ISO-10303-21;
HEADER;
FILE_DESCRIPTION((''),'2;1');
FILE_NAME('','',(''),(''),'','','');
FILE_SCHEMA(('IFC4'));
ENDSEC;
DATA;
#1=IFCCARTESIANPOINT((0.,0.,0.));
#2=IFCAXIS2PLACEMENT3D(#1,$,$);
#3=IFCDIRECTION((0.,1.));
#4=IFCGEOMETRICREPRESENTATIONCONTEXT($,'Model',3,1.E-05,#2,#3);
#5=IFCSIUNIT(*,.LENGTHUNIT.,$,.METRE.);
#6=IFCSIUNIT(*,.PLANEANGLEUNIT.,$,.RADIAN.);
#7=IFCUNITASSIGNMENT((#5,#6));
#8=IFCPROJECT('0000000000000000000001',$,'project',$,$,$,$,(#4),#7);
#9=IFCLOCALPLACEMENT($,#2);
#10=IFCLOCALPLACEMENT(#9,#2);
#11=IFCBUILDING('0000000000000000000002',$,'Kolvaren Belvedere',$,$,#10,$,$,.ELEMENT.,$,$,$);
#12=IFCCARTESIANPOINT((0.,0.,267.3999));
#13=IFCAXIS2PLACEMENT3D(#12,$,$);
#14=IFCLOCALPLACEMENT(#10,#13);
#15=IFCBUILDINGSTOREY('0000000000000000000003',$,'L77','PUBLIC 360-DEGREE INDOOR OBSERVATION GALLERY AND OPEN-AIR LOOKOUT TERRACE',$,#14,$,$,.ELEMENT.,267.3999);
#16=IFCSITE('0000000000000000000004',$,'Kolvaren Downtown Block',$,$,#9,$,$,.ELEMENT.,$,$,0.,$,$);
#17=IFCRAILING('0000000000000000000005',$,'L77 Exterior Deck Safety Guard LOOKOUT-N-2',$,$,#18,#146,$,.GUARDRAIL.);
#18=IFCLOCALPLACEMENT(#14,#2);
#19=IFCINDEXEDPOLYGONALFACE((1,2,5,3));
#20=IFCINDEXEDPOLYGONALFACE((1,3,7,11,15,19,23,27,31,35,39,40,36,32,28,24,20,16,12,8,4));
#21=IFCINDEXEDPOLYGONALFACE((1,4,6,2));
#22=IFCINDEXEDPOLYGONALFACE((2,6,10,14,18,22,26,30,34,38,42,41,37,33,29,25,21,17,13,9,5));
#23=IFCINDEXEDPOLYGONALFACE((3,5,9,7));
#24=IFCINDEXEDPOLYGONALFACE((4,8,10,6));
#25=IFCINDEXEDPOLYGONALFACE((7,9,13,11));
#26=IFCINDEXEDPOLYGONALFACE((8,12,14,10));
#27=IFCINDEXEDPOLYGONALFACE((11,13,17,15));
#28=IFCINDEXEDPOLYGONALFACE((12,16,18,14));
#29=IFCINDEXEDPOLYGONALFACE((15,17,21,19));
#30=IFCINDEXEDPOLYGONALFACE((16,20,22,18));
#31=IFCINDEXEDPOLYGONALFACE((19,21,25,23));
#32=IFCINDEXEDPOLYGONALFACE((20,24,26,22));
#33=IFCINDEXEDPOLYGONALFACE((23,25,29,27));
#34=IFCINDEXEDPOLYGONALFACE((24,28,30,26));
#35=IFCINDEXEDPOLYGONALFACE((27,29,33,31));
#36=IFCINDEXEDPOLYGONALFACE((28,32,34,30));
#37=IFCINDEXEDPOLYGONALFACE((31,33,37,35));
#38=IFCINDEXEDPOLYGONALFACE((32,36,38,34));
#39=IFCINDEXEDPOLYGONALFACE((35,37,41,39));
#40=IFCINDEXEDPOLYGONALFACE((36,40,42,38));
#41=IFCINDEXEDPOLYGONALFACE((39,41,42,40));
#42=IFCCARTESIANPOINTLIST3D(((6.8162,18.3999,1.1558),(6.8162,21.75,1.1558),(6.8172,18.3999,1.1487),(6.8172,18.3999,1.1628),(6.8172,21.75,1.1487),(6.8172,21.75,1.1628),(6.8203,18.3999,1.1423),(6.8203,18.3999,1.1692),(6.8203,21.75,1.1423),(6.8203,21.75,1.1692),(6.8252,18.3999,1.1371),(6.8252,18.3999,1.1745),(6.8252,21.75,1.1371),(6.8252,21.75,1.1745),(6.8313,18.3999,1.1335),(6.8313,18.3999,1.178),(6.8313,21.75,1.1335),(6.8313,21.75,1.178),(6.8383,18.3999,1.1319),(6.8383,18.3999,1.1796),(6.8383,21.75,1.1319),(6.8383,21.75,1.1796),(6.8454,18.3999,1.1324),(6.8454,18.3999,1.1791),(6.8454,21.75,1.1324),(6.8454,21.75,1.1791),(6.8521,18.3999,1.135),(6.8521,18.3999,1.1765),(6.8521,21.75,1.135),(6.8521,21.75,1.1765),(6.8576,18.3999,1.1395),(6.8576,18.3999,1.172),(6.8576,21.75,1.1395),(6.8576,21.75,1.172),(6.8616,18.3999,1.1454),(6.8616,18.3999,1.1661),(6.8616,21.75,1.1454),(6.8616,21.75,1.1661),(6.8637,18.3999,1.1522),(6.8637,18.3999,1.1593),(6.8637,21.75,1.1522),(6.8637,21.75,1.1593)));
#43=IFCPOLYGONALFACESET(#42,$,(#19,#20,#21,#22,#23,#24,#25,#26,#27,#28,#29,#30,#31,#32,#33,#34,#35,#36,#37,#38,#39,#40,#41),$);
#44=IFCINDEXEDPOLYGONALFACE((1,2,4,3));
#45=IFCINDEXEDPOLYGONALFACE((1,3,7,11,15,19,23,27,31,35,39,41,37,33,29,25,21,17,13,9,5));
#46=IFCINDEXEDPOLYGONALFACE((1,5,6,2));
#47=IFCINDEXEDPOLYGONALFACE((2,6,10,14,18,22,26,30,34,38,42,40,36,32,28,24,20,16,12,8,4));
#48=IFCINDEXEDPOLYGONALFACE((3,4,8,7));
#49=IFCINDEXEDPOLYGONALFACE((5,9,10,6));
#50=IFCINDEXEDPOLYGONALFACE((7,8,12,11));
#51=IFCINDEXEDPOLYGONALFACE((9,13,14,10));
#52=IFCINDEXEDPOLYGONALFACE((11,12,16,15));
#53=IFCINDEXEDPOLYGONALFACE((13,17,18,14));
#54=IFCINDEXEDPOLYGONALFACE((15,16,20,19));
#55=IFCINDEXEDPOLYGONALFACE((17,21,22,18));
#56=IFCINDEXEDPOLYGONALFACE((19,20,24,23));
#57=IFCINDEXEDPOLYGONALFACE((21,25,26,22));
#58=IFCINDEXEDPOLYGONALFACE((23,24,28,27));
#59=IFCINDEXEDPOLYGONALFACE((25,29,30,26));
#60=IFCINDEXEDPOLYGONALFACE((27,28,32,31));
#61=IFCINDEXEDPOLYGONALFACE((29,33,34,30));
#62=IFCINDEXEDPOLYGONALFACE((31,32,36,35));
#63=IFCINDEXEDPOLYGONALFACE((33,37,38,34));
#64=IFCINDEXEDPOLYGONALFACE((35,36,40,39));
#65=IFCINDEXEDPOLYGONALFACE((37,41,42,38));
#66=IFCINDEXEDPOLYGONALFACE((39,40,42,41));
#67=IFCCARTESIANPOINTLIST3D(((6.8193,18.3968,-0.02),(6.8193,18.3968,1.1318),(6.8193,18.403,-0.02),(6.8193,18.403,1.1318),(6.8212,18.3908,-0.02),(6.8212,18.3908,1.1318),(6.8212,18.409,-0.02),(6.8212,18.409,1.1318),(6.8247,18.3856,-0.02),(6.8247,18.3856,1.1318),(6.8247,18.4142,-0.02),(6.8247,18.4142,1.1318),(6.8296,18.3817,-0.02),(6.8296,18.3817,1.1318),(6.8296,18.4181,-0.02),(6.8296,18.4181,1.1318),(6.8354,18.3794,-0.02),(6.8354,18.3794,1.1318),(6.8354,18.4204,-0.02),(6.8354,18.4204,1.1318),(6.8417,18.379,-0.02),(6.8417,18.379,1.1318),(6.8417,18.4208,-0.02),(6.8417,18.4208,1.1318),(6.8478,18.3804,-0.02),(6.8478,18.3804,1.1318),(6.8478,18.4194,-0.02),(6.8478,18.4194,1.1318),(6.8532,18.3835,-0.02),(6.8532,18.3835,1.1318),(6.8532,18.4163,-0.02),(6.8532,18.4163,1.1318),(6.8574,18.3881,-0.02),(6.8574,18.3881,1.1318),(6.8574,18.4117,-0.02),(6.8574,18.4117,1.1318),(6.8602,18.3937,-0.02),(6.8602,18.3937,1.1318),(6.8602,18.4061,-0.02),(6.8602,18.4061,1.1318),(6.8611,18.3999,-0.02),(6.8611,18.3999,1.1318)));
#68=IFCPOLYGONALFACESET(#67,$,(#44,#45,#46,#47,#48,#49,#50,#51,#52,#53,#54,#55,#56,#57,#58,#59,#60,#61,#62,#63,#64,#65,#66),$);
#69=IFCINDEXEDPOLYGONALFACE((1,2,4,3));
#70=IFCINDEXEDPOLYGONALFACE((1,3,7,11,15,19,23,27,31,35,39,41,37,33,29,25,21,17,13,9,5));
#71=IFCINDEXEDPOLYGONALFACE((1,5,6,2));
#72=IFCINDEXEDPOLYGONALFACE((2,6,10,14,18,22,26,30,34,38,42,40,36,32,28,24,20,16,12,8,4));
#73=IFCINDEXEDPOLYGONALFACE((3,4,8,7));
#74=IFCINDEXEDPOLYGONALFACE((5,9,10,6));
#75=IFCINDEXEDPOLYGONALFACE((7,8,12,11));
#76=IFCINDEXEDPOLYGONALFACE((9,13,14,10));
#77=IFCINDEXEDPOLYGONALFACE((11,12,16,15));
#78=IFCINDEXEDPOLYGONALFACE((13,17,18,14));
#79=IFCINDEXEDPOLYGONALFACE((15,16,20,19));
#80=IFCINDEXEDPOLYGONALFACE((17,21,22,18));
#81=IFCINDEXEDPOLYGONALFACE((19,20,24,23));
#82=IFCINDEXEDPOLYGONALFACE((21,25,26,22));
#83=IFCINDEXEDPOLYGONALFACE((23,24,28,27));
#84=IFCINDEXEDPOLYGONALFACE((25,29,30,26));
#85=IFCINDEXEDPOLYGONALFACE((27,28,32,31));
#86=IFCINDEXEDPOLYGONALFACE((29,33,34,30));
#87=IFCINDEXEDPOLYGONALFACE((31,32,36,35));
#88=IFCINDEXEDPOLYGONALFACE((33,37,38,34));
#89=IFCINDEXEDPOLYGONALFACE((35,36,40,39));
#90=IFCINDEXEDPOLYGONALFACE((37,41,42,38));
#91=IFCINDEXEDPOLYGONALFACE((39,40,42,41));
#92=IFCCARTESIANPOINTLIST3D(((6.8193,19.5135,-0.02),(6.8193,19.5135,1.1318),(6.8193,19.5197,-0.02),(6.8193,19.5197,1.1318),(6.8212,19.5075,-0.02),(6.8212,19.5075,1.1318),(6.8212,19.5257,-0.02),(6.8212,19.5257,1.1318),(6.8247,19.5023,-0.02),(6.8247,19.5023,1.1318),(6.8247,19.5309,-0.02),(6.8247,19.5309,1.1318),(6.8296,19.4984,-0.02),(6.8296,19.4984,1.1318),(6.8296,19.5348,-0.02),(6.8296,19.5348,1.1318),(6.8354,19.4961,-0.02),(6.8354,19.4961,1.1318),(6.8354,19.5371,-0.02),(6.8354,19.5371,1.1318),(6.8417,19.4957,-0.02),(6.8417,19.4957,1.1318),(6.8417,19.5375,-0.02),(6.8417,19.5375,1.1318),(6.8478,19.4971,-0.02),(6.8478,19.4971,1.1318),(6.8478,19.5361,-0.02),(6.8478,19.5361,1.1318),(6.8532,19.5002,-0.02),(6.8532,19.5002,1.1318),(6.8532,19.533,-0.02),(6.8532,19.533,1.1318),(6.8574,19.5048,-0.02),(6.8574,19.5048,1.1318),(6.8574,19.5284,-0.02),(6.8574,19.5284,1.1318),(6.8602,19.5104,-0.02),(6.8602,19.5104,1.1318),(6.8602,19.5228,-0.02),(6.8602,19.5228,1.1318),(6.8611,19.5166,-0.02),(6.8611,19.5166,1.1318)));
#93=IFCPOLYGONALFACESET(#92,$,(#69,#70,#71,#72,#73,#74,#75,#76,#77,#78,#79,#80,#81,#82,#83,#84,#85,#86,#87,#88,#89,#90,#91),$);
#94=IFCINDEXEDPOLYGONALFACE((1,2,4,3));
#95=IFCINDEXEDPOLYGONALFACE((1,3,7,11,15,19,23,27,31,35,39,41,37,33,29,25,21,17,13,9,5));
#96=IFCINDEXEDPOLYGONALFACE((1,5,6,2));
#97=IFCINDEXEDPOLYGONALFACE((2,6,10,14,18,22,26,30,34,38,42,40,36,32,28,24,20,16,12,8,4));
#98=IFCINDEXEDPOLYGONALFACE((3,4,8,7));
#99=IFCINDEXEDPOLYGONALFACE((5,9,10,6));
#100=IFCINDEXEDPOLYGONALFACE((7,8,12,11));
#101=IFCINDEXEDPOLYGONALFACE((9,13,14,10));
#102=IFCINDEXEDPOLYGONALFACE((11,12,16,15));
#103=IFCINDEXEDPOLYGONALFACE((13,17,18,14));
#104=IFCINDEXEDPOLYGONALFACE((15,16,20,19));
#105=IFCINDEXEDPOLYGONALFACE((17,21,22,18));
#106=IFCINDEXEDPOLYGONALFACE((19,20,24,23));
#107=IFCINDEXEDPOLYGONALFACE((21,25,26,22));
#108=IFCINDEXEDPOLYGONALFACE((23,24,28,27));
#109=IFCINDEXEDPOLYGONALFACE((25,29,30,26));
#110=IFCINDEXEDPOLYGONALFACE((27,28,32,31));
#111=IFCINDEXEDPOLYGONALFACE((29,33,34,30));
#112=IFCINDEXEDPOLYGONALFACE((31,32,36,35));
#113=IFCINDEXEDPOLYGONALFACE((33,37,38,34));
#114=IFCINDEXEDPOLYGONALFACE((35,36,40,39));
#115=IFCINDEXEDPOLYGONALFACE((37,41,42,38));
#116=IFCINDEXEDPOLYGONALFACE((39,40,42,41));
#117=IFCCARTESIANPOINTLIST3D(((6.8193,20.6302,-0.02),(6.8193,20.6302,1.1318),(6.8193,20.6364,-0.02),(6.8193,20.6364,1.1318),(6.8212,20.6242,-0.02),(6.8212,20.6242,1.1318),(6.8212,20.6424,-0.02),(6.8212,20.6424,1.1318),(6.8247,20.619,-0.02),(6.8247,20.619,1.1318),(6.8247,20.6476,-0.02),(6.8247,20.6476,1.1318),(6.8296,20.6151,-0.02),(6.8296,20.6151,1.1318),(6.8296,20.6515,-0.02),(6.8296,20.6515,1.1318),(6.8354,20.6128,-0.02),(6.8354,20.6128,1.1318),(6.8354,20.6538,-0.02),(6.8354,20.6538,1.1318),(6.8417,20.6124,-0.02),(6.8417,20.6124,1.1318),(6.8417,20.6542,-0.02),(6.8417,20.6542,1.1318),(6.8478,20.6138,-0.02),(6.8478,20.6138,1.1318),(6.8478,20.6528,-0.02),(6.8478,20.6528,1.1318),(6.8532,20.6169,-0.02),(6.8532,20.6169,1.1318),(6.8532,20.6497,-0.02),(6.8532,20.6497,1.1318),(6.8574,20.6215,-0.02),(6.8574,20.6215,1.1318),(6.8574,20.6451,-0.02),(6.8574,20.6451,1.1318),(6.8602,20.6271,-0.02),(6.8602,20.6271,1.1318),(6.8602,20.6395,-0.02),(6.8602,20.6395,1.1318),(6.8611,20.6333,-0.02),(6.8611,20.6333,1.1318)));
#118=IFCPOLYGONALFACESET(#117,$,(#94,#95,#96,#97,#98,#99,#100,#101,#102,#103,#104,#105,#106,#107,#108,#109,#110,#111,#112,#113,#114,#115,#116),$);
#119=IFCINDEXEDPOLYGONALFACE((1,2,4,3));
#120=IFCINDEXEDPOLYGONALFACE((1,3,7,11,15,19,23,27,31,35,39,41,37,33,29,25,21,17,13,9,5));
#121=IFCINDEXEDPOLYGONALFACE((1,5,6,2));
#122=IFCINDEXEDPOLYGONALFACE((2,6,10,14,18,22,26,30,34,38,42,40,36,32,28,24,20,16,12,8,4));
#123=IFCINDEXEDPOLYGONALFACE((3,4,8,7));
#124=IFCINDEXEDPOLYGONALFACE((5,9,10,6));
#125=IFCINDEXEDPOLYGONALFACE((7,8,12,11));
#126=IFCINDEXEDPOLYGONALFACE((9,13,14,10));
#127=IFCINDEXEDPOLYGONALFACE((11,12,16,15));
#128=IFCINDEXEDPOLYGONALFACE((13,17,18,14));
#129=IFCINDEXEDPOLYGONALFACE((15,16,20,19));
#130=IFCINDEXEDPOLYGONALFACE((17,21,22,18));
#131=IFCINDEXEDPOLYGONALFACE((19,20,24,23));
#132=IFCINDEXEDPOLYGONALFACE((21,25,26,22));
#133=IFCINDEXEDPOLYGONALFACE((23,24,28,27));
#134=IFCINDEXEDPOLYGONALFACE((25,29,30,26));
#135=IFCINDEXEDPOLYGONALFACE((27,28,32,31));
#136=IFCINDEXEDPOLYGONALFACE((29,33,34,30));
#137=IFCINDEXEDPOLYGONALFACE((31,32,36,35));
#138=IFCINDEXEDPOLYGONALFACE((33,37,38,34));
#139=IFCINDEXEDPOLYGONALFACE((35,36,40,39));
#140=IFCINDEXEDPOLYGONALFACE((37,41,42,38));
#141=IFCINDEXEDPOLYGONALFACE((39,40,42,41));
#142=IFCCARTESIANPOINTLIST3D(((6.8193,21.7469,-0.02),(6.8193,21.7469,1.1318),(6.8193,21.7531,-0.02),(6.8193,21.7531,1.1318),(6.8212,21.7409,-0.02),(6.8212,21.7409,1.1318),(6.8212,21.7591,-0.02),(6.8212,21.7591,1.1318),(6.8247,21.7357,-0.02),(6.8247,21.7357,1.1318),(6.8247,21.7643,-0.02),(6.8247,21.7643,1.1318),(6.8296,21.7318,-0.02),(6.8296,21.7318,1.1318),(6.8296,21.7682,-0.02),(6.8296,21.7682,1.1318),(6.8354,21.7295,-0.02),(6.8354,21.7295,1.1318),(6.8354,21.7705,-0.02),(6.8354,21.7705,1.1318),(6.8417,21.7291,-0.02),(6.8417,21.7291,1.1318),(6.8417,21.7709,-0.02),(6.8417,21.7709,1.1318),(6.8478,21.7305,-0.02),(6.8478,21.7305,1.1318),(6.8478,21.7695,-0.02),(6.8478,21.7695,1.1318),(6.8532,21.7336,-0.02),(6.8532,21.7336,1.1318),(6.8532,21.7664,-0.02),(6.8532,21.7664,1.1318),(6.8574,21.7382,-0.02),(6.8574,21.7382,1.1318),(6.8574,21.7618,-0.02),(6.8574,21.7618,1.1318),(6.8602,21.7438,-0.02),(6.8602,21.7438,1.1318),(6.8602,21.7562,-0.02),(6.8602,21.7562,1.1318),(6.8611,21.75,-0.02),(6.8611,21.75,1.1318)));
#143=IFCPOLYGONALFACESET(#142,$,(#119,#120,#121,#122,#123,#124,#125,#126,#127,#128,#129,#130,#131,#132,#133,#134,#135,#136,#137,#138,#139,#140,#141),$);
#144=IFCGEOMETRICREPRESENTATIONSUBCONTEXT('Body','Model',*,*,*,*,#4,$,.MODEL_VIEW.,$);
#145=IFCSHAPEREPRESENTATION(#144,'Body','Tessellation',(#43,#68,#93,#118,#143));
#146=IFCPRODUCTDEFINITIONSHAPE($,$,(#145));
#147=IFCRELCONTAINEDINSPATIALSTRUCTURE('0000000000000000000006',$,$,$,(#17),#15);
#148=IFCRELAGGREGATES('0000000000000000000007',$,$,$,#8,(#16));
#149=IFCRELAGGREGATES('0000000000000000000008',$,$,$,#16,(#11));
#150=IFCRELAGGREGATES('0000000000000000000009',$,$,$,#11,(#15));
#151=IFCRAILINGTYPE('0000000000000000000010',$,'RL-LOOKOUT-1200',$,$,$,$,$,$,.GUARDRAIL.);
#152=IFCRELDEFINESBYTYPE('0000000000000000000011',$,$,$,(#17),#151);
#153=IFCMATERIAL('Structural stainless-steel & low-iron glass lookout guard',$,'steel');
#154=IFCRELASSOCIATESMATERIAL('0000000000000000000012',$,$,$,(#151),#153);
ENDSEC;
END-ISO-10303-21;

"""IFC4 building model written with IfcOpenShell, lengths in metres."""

from ifc_helpers import new_model, si_unit, direction, frame, origin, origin_2d, place, context, subcontext, project, spatial, circle, extrude, material, type_object, element, save


model = new_model("IFC4")

# Units and contexts
model_context = context("Model", 3, precision=1e-05, world=origin(), true_north=direction((0.0, 1.0)))
body_context = subcontext(model_context, "Body", "Model", "MODEL_VIEW")
ifc_project = project(units=[si_unit("LENGTHUNIT", "METRE"), si_unit("PLANEANGLEUNIT", "RADIAN")], contexts=[model_context])

# Site, building, storey
site_placement = place(None, origin())
site = spatial("IfcSite", under=ifc_project, at=site_placement, Name="Kolvaren Downtown Block", CompositionType="ELEMENT", RefElevation=0.0)
building_placement = place(site_placement, origin())
building = spatial("IfcBuilding", under=site, at=building_placement, Name="Kolvaren Belvedere", CompositionType="ELEMENT")
storey_placement = place(building_placement, frame((0.0, 0.0, 267.3999)))
storey = spatial("IfcBuildingStorey", under=building, at=storey_placement, Name="L77", Description="PUBLIC 360-DEGREE INDOOR OBSERVATION GALLERY AND OPEN-AIR LOOKOUT TERRACE", CompositionType="ELEMENT", Elevation=267.3999)

# Railing
ifc_material_1 = material(Name="Structural stainless-steel & low-iron glass lookout guard", Category="steel")
railing_type = type_object("IfcRailingType", Name="RL-LOOKOUT-1200", PredefinedType="GUARDRAIL", material=ifc_material_1)
railing_1_placement = place(storey_placement, frame((6.8401, 18.3999, -0.02)))
element("IfcRailing", 1, at=railing_1_placement, inside=storey, type_object=railing_type, Name="L77 Exterior Deck Safety Guard LOOKOUT-N-2", PredefinedType="GUARDRAIL", context=body_context, shape_type="SweptSolid", body=[
    extrude(circle(Radius=0.0239, at=origin_2d()), frame((0.0, 0.0, 1.1758), z_axis=(0.0, 1.0, 0.0), x_axis=(-1.0, 0.0, 0.0)), (0.0, 0.0, 1.0), 3.3501),
    extrude(circle(Radius=0.021, at=origin_2d()), origin(), (0.0, 0.0, 1.0), 1.1519),
    extrude(circle(Radius=0.021, at=origin_2d()), frame((0.0, 1.1167, 0.0)), (0.0, 0.0, 1.0), 1.1519),
    extrude(circle(Radius=0.021, at=origin_2d()), frame((0.0, 2.2334, 0.0)), (0.0, 0.0, 1.0), 1.1519),
    extrude(circle(Radius=0.021, at=origin_2d()), frame((0.0, 3.3501, 0.0)), (0.0, 0.0, 1.0), 1.1519),
])

save(model, "model.ifc")
